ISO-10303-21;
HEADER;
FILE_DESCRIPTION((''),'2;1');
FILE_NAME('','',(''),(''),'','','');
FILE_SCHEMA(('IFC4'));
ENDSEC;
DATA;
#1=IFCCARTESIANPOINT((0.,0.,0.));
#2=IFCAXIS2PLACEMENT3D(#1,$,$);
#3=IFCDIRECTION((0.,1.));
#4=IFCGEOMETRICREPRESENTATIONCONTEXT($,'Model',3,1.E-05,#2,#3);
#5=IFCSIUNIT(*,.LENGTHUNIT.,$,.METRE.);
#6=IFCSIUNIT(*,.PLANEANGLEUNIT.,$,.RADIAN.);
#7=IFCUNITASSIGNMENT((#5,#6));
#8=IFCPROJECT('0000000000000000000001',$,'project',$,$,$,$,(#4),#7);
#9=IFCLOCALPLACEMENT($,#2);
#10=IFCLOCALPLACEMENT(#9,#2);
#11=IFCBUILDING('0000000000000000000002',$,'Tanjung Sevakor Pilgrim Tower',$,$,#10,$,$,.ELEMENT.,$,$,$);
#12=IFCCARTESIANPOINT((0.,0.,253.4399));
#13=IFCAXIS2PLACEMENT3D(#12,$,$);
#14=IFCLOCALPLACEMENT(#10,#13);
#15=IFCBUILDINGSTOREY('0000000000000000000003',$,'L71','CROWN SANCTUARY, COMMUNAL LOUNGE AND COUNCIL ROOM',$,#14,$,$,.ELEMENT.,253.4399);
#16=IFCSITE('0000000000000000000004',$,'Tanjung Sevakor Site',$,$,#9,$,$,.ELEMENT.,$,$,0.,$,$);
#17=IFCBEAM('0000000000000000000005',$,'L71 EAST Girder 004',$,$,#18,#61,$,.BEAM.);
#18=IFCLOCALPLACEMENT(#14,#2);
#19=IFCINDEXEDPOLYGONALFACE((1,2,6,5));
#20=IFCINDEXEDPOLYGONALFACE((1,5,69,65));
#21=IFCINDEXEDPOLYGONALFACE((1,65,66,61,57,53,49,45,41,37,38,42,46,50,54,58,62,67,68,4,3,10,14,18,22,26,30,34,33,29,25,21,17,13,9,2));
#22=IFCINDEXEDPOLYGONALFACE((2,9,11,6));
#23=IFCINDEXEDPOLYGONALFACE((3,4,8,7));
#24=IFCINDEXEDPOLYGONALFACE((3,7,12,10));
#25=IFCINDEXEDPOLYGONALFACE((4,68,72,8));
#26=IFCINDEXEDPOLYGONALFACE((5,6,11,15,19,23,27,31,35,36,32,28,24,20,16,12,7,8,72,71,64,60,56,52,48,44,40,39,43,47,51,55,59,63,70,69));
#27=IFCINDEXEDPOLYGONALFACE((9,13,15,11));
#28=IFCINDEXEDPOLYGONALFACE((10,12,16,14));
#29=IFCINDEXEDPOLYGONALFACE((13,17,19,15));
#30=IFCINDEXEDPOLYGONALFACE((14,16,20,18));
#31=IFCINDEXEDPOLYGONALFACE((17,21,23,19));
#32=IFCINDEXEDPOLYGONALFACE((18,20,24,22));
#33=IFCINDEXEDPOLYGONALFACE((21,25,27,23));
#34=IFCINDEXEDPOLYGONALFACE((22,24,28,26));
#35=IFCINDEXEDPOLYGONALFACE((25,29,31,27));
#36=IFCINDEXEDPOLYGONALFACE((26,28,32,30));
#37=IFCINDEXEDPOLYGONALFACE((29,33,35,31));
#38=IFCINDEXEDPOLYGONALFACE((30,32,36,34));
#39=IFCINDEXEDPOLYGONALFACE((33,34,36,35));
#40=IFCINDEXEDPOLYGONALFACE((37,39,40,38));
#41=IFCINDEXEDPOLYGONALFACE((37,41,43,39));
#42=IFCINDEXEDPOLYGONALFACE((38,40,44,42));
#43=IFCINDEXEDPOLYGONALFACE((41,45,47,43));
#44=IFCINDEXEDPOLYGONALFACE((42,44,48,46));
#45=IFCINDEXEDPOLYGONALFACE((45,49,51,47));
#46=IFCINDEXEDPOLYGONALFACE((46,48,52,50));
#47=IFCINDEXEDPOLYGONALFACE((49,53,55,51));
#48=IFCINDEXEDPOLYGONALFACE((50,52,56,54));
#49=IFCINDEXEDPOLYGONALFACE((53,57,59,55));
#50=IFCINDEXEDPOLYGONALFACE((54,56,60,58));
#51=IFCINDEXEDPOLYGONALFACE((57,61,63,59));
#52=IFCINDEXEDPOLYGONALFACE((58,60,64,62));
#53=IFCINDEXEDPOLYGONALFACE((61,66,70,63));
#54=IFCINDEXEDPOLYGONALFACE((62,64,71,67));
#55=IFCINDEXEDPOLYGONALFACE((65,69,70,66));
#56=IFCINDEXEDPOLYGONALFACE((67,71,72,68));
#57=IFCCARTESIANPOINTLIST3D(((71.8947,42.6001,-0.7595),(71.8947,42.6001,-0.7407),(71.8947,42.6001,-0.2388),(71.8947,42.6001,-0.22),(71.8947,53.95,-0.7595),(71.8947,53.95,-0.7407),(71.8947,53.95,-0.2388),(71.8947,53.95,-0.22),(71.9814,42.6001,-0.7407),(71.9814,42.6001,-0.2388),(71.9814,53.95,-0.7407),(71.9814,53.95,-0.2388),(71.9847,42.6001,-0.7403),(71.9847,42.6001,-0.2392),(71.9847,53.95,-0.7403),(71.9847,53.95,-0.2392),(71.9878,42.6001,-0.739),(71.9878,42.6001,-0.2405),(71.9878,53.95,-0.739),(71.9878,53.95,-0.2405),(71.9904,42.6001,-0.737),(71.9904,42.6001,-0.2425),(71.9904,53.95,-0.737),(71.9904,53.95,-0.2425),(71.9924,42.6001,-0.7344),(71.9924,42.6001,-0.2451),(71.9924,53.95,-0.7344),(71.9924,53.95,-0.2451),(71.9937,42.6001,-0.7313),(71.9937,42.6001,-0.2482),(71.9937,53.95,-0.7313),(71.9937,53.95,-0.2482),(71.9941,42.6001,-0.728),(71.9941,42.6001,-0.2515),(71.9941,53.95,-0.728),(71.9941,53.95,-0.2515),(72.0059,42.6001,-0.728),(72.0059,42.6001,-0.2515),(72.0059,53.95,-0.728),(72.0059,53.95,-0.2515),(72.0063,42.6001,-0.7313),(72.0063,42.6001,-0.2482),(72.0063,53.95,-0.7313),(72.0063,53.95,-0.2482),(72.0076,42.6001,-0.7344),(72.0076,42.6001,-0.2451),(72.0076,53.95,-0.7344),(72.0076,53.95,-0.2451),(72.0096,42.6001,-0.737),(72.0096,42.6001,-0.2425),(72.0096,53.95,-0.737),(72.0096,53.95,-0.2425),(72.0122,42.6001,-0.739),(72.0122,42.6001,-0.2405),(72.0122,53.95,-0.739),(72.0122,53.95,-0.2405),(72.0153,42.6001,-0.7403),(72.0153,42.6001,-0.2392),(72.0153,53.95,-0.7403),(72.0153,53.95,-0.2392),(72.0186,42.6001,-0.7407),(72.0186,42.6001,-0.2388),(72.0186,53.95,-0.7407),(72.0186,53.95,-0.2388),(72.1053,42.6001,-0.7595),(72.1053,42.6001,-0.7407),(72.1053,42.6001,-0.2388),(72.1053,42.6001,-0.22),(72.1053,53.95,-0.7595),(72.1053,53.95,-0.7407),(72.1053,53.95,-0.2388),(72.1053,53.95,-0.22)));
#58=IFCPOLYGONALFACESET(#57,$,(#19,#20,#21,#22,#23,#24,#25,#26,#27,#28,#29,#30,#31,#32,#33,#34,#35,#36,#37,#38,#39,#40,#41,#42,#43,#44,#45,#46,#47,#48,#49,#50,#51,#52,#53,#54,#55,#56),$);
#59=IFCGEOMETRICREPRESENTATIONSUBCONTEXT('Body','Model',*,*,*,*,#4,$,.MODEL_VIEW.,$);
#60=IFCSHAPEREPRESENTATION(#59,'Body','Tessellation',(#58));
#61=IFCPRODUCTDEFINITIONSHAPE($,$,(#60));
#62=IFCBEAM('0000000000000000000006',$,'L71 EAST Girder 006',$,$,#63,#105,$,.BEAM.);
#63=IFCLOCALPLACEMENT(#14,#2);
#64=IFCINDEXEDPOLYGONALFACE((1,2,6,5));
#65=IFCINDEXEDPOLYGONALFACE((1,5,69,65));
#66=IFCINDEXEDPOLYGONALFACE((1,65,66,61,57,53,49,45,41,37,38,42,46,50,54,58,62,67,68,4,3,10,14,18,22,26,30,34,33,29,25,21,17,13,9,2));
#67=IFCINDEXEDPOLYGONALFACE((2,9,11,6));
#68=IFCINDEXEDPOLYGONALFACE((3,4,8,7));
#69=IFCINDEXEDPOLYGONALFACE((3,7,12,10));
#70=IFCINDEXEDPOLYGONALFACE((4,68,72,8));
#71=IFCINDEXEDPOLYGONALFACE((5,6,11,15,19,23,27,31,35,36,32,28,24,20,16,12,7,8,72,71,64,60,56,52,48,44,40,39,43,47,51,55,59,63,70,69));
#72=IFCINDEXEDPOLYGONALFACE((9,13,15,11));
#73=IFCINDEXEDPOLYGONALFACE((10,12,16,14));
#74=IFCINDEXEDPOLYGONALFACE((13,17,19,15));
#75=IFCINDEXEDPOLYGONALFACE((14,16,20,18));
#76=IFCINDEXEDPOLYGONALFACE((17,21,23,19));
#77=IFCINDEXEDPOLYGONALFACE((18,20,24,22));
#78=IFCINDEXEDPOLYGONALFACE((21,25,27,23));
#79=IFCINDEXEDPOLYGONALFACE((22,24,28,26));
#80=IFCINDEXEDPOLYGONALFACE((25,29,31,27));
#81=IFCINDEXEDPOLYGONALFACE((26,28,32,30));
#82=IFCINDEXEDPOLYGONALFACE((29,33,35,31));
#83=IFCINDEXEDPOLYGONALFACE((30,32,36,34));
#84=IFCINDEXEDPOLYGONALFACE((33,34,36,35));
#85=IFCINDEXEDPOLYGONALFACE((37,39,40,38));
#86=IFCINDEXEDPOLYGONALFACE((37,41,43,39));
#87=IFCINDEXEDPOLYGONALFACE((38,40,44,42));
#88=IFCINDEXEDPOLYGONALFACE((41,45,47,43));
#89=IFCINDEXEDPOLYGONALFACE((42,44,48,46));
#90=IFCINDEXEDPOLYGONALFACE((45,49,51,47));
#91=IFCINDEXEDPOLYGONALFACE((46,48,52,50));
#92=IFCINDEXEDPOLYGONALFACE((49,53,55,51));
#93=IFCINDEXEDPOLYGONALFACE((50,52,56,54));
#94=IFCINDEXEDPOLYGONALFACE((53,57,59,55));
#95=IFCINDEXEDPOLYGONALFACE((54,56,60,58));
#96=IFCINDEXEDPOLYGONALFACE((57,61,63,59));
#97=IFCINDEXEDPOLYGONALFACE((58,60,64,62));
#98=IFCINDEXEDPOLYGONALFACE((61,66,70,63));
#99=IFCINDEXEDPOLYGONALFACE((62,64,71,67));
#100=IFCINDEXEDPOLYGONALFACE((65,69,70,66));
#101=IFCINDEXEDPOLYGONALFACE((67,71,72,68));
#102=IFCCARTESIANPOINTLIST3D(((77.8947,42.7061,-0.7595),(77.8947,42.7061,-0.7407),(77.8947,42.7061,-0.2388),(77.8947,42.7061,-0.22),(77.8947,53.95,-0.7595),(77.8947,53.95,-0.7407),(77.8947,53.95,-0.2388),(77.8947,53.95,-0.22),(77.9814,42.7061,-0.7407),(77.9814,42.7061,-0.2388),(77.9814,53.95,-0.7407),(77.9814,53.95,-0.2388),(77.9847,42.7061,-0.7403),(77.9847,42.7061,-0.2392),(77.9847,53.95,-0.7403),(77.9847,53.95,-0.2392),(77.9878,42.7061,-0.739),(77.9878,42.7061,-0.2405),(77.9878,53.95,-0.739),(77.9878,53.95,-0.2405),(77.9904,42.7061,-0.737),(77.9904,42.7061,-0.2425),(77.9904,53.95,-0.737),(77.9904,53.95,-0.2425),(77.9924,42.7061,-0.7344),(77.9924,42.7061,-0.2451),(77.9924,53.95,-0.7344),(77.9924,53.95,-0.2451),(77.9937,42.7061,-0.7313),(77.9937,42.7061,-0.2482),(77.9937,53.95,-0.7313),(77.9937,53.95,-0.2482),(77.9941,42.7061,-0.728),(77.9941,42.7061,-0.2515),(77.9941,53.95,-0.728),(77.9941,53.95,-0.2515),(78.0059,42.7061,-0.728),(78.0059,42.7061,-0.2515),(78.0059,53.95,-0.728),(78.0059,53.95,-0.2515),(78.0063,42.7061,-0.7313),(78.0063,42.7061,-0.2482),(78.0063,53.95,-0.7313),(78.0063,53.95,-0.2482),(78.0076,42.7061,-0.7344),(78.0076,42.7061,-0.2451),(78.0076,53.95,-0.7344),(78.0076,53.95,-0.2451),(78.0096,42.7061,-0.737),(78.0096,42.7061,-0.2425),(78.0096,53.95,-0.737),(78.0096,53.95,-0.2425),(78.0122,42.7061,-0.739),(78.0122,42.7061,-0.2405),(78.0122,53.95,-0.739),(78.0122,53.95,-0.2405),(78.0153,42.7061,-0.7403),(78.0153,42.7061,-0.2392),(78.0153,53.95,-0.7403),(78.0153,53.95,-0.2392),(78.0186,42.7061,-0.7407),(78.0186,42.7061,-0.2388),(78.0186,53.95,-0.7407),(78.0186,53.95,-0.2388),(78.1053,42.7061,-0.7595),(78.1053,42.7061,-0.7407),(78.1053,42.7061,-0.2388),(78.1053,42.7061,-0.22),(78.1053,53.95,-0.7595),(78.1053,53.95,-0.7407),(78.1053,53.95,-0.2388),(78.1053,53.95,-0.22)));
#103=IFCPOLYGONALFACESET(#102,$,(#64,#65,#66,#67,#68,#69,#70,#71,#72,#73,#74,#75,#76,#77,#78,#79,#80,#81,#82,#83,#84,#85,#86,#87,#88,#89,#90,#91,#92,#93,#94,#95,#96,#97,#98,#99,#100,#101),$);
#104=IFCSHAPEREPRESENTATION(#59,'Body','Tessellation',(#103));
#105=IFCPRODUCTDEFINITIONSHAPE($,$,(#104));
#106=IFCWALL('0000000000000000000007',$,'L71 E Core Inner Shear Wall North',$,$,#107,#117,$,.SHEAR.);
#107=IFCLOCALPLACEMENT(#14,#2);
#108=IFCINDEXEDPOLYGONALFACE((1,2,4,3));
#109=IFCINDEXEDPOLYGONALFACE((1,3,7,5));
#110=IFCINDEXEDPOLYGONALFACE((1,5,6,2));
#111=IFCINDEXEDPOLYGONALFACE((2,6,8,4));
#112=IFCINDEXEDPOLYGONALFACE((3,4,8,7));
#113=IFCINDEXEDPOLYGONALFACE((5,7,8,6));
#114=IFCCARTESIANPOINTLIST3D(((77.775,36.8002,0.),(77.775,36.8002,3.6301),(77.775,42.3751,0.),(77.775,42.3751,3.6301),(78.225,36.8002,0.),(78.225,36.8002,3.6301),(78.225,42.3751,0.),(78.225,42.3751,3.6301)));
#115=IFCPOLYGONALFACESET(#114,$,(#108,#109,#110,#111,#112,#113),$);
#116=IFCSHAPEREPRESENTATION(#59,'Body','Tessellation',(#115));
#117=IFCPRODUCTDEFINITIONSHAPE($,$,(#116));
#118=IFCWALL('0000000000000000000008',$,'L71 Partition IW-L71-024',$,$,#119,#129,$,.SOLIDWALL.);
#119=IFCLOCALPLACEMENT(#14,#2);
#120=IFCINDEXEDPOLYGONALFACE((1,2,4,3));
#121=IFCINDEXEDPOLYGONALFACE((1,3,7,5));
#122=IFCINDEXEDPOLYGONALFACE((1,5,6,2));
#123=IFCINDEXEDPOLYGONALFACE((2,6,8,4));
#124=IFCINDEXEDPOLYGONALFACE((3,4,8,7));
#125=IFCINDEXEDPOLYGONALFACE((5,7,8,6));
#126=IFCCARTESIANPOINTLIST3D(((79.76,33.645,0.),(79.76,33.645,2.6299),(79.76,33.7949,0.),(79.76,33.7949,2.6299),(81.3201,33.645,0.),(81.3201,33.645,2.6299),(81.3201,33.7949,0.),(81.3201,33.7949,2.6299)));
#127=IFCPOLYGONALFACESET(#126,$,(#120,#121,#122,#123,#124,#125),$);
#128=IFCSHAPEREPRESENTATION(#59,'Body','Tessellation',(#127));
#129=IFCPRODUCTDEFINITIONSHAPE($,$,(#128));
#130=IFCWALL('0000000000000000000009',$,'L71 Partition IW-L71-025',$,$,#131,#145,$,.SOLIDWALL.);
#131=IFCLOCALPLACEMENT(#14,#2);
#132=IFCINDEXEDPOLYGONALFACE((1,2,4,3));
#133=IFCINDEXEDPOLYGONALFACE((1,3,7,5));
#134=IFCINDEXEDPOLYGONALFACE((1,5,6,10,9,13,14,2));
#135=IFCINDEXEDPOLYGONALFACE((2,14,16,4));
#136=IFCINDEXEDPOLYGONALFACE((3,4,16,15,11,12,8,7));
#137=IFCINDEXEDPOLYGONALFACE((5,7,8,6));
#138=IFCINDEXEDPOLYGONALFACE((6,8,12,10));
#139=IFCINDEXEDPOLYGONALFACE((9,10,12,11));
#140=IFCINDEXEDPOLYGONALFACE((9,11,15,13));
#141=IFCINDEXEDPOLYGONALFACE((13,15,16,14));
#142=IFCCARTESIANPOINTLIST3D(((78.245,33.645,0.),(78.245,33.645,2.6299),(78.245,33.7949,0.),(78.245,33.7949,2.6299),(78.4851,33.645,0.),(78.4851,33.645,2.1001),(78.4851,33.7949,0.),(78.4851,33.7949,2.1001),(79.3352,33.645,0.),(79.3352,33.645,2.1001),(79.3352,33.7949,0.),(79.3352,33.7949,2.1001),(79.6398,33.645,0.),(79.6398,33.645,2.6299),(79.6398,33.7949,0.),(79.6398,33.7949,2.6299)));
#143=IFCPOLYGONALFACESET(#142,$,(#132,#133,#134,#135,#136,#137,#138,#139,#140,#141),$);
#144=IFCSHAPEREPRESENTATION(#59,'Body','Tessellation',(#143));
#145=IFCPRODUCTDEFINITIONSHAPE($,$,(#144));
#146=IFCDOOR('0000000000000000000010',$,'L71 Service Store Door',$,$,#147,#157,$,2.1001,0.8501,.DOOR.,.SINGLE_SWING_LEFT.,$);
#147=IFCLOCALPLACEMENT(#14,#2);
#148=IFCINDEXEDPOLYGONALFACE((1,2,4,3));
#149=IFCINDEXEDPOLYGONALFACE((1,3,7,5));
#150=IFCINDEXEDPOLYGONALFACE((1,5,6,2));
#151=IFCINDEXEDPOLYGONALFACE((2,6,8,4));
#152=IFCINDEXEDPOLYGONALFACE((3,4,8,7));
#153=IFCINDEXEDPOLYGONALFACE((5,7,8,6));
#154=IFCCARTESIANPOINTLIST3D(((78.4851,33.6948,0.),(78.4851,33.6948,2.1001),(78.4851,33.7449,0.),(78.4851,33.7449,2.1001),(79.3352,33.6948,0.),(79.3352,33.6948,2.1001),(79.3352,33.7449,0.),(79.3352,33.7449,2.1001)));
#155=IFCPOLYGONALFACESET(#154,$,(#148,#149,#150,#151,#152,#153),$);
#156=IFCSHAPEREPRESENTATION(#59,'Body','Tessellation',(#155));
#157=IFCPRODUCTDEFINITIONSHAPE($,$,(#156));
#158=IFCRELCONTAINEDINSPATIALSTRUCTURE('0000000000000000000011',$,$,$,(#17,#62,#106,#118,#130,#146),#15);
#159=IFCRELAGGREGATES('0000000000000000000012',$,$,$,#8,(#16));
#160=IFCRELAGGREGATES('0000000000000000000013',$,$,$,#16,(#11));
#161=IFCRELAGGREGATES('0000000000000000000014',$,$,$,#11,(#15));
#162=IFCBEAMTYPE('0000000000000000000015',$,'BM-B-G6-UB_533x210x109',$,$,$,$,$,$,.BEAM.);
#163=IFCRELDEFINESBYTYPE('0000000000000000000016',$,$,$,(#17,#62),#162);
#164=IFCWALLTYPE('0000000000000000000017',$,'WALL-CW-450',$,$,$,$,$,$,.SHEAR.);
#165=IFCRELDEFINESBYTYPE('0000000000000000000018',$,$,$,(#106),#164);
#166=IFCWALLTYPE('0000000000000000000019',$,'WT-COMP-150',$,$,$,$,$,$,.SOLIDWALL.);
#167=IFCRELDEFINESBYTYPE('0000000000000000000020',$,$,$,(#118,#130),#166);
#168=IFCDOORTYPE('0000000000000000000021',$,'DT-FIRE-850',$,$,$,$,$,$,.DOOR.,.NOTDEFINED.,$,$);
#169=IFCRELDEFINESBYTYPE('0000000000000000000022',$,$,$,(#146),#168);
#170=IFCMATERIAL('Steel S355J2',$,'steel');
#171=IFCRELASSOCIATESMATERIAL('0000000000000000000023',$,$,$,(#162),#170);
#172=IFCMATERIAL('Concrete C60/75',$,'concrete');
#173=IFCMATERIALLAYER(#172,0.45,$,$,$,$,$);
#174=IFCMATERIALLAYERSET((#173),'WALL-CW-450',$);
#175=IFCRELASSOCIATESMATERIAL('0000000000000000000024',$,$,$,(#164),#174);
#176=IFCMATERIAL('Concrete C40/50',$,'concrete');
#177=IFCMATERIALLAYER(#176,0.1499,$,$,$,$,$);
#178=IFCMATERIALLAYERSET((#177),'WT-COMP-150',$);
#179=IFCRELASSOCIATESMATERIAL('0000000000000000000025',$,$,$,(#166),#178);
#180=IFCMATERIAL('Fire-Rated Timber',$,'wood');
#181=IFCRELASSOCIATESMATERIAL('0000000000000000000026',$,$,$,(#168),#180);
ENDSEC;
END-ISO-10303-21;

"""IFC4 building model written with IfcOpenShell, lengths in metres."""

from ifc_helpers import new_model, si_unit, direction, frame, frame_2d, origin, origin_2d, place, context, subcontext, project, spatial, rectangle, i_section, extrude, material, layer, layer_set, material_profile, profile_set, type_object, element, fill, save


model = new_model("IFC4")

# Units and contexts
model_context = context("Model", 3, precision=1e-05, world=origin(), true_north=direction((0.0, 1.0)))
body_context = subcontext(model_context, "Body", "Model", "MODEL_VIEW")
ifc_project = project(units=[si_unit("LENGTHUNIT", "METRE"), si_unit("PLANEANGLEUNIT", "RADIAN")], contexts=[model_context])

# Site, building, storey
site_placement = place(None, origin())
site = spatial("IfcSite", under=ifc_project, at=site_placement, Name="Tanjung Sevakor Site", CompositionType="ELEMENT", RefElevation=0.0)
building_placement = place(site_placement, origin())
building = spatial("IfcBuilding", under=site, at=building_placement, Name="Tanjung Sevakor Pilgrim Tower", CompositionType="ELEMENT")
storey_placement = place(building_placement, frame((0.0, 0.0, 253.4399)))
storey = spatial("IfcBuildingStorey", under=building, at=storey_placement, Name="L71", Description="CROWN SANCTUARY, COMMUNAL LOUNGE AND COUNCIL ROOM", CompositionType="ELEMENT", Elevation=253.4399)

# Beams
ifc_material_1 = material(Name="Steel S355J2", Category="steel")
ifc_material_profile = material_profile(ifc_material_1, i_section(OverallWidth=0.2107, OverallDepth=0.5396, WebThickness=0.0117, FlangeThickness=0.0188, FilletRadius=0.0127, at=origin_2d()))
ifc_profile_set = profile_set([ifc_material_profile], Name="Steel S355J2")
beam_type = type_object("IfcBeamType", Name="BM-B-G6-UB_533x210x109", PredefinedType="BEAM", material=ifc_profile_set)
beam_1_placement = place(storey_placement, frame((72.0, 42.6001, -0.4897), z_axis=(0.0, 1.0, 0.0), x_axis=(-1.0, 0.0, 0.0)))
element("IfcBeam", 1, at=beam_1_placement, inside=storey, type_object=beam_type, Name="L71 EAST Girder 004", PredefinedType="BEAM", context=body_context, shape_type="SweptSolid", body=[
    extrude(i_section(OverallWidth=0.2107, OverallDepth=0.5396, WebThickness=0.0117, FlangeThickness=0.0188, FilletRadius=0.0127, at=origin_2d()), origin(), (0.0, 0.0, 1.0), 11.3499),
])
beam_2_placement = place(storey_placement, frame((78.0, 42.7061, -0.4897), z_axis=(0.0, 1.0, 0.0), x_axis=(-1.0, 0.0, 0.0)))
element("IfcBeam", 2, at=beam_2_placement, inside=storey, type_object=beam_type, Name="L71 EAST Girder 006", PredefinedType="BEAM", context=body_context, shape_type="SweptSolid", body=[
    extrude(i_section(OverallWidth=0.2107, OverallDepth=0.5396, WebThickness=0.0117, FlangeThickness=0.0188, FilletRadius=0.0127, at=origin_2d()), origin(), (0.0, 0.0, 1.0), 11.2439),
])

# Walls
ifc_material_2 = material(Name="Concrete C60/75", Category="concrete")
ifc_layer_1 = layer(ifc_material_2, 0.45)
ifc_layer_set_1 = layer_set([ifc_layer_1], Name="WALL-CW-450")
wall_type_1 = type_object("IfcWallType", Name="WALL-CW-450", PredefinedType="SHEAR", material=ifc_layer_set_1)
wall_1_placement = place(storey_placement, frame((78.0, 36.8, 0.0), z_axis=(0.0, 0.0, 1.0), x_axis=(0.0, 1.0, 0.0)))
element("IfcWall", 3, at=wall_1_placement, inside=storey, type_object=wall_type_1, Name="L71 E Core Inner Shear Wall North", PredefinedType="SHEAR", context=body_context, shape_type="SweptSolid", body=[
    extrude(rectangle(XDim=5.575, YDim=0.45, at=frame_2d((2.7876, 0.0))), origin(), (0.0, 0.0, 1.0), 3.6301),
])
ifc_material_3 = material(Name="Concrete C40/50", Category="concrete")
ifc_layer_2 = layer(ifc_material_3, 0.1499)
ifc_layer_set_2 = layer_set([ifc_layer_2], Name="WT-COMP-150")
wall_type_2 = type_object("IfcWallType", Name="WT-COMP-150", PredefinedType="SOLIDWALL", material=ifc_layer_set_2)
wall_2_placement = place(storey_placement, frame((79.76, 33.72, 0.0), z_axis=(0.0, 0.0, 1.0), x_axis=(1.0, 0.0, 0.0)))
element("IfcWall", 4, at=wall_2_placement, inside=storey, type_object=wall_type_2, Name="L71 Partition IW-L71-024", PredefinedType="SOLIDWALL", context=body_context, shape_type="SweptSolid", body=[
    extrude(rectangle(XDim=1.5601, YDim=0.1499, at=frame_2d((0.78, 0.0))), origin(), (0.0, 0.0, 1.0), 2.6299),
])

# Wall, opening, door
wall_3_placement = place(storey_placement, frame((78.2451, 33.72, 0.0), z_axis=(0.0, 0.0, 1.0), x_axis=(1.0, 0.0, 0.0)))
wall_3 = element("IfcWall", 5, at=wall_3_placement, inside=storey, type_object=wall_type_2, Name="L71 Partition IW-L71-025", PredefinedType="SOLIDWALL", context=body_context, shape_type="SweptSolid", body=[
    extrude(rectangle(XDim=1.3948, YDim=0.1499, at=frame_2d((0.6973, 0.0))), origin(), (0.0, 0.0, 1.0), 2.6299),
])
opening_1_placement = place(wall_3_placement, frame((0.24, 0.0, 0.0)))
opening_1 = element("IfcOpeningElement", 6, at=opening_1_placement, cuts=wall_3, PredefinedType="OPENING", context=body_context, shape_type="SweptSolid", body=[
    extrude(rectangle(XDim=0.8501, YDim=2.1001, at=frame_2d((0.425, 1.05))), frame((0.0, 0.085, 0.0), z_axis=(0.0, -1.0, 0.0), x_axis=(1.0, 0.0, 0.0)), (0.0, 0.0, 1.0), 0.1699),
])
ifc_material_4 = material(Name="Fire-Rated Timber", Category="wood")
door_type_1 = type_object("IfcDoorType", Name="DT-FIRE-850", OperationType="NOTDEFINED", PredefinedType="DOOR", material=ifc_material_4)
door_1_placement = place(opening_1_placement, origin())
door_1 = element("IfcDoor", 7, at=door_1_placement, inside=storey, type_object=door_type_1, Name="L71 Service Store Door", OperationType="SINGLE_SWING_LEFT", OverallHeight=2.1001, OverallWidth=0.8501, PredefinedType="DOOR", context=body_context, shape_type="SweptSolid", body=[
    extrude(rectangle(XDim=0.8501, YDim=2.1001, at=frame_2d((0.425, 1.05))), frame((0.0, 0.0249, 0.0), z_axis=(0.0, -1.0, 0.0), x_axis=(1.0, 0.0, 0.0)), (0.0, 0.0, 1.0), 0.05),
])
fill(opening_1, door_1)

save(model, "model.ifc")
